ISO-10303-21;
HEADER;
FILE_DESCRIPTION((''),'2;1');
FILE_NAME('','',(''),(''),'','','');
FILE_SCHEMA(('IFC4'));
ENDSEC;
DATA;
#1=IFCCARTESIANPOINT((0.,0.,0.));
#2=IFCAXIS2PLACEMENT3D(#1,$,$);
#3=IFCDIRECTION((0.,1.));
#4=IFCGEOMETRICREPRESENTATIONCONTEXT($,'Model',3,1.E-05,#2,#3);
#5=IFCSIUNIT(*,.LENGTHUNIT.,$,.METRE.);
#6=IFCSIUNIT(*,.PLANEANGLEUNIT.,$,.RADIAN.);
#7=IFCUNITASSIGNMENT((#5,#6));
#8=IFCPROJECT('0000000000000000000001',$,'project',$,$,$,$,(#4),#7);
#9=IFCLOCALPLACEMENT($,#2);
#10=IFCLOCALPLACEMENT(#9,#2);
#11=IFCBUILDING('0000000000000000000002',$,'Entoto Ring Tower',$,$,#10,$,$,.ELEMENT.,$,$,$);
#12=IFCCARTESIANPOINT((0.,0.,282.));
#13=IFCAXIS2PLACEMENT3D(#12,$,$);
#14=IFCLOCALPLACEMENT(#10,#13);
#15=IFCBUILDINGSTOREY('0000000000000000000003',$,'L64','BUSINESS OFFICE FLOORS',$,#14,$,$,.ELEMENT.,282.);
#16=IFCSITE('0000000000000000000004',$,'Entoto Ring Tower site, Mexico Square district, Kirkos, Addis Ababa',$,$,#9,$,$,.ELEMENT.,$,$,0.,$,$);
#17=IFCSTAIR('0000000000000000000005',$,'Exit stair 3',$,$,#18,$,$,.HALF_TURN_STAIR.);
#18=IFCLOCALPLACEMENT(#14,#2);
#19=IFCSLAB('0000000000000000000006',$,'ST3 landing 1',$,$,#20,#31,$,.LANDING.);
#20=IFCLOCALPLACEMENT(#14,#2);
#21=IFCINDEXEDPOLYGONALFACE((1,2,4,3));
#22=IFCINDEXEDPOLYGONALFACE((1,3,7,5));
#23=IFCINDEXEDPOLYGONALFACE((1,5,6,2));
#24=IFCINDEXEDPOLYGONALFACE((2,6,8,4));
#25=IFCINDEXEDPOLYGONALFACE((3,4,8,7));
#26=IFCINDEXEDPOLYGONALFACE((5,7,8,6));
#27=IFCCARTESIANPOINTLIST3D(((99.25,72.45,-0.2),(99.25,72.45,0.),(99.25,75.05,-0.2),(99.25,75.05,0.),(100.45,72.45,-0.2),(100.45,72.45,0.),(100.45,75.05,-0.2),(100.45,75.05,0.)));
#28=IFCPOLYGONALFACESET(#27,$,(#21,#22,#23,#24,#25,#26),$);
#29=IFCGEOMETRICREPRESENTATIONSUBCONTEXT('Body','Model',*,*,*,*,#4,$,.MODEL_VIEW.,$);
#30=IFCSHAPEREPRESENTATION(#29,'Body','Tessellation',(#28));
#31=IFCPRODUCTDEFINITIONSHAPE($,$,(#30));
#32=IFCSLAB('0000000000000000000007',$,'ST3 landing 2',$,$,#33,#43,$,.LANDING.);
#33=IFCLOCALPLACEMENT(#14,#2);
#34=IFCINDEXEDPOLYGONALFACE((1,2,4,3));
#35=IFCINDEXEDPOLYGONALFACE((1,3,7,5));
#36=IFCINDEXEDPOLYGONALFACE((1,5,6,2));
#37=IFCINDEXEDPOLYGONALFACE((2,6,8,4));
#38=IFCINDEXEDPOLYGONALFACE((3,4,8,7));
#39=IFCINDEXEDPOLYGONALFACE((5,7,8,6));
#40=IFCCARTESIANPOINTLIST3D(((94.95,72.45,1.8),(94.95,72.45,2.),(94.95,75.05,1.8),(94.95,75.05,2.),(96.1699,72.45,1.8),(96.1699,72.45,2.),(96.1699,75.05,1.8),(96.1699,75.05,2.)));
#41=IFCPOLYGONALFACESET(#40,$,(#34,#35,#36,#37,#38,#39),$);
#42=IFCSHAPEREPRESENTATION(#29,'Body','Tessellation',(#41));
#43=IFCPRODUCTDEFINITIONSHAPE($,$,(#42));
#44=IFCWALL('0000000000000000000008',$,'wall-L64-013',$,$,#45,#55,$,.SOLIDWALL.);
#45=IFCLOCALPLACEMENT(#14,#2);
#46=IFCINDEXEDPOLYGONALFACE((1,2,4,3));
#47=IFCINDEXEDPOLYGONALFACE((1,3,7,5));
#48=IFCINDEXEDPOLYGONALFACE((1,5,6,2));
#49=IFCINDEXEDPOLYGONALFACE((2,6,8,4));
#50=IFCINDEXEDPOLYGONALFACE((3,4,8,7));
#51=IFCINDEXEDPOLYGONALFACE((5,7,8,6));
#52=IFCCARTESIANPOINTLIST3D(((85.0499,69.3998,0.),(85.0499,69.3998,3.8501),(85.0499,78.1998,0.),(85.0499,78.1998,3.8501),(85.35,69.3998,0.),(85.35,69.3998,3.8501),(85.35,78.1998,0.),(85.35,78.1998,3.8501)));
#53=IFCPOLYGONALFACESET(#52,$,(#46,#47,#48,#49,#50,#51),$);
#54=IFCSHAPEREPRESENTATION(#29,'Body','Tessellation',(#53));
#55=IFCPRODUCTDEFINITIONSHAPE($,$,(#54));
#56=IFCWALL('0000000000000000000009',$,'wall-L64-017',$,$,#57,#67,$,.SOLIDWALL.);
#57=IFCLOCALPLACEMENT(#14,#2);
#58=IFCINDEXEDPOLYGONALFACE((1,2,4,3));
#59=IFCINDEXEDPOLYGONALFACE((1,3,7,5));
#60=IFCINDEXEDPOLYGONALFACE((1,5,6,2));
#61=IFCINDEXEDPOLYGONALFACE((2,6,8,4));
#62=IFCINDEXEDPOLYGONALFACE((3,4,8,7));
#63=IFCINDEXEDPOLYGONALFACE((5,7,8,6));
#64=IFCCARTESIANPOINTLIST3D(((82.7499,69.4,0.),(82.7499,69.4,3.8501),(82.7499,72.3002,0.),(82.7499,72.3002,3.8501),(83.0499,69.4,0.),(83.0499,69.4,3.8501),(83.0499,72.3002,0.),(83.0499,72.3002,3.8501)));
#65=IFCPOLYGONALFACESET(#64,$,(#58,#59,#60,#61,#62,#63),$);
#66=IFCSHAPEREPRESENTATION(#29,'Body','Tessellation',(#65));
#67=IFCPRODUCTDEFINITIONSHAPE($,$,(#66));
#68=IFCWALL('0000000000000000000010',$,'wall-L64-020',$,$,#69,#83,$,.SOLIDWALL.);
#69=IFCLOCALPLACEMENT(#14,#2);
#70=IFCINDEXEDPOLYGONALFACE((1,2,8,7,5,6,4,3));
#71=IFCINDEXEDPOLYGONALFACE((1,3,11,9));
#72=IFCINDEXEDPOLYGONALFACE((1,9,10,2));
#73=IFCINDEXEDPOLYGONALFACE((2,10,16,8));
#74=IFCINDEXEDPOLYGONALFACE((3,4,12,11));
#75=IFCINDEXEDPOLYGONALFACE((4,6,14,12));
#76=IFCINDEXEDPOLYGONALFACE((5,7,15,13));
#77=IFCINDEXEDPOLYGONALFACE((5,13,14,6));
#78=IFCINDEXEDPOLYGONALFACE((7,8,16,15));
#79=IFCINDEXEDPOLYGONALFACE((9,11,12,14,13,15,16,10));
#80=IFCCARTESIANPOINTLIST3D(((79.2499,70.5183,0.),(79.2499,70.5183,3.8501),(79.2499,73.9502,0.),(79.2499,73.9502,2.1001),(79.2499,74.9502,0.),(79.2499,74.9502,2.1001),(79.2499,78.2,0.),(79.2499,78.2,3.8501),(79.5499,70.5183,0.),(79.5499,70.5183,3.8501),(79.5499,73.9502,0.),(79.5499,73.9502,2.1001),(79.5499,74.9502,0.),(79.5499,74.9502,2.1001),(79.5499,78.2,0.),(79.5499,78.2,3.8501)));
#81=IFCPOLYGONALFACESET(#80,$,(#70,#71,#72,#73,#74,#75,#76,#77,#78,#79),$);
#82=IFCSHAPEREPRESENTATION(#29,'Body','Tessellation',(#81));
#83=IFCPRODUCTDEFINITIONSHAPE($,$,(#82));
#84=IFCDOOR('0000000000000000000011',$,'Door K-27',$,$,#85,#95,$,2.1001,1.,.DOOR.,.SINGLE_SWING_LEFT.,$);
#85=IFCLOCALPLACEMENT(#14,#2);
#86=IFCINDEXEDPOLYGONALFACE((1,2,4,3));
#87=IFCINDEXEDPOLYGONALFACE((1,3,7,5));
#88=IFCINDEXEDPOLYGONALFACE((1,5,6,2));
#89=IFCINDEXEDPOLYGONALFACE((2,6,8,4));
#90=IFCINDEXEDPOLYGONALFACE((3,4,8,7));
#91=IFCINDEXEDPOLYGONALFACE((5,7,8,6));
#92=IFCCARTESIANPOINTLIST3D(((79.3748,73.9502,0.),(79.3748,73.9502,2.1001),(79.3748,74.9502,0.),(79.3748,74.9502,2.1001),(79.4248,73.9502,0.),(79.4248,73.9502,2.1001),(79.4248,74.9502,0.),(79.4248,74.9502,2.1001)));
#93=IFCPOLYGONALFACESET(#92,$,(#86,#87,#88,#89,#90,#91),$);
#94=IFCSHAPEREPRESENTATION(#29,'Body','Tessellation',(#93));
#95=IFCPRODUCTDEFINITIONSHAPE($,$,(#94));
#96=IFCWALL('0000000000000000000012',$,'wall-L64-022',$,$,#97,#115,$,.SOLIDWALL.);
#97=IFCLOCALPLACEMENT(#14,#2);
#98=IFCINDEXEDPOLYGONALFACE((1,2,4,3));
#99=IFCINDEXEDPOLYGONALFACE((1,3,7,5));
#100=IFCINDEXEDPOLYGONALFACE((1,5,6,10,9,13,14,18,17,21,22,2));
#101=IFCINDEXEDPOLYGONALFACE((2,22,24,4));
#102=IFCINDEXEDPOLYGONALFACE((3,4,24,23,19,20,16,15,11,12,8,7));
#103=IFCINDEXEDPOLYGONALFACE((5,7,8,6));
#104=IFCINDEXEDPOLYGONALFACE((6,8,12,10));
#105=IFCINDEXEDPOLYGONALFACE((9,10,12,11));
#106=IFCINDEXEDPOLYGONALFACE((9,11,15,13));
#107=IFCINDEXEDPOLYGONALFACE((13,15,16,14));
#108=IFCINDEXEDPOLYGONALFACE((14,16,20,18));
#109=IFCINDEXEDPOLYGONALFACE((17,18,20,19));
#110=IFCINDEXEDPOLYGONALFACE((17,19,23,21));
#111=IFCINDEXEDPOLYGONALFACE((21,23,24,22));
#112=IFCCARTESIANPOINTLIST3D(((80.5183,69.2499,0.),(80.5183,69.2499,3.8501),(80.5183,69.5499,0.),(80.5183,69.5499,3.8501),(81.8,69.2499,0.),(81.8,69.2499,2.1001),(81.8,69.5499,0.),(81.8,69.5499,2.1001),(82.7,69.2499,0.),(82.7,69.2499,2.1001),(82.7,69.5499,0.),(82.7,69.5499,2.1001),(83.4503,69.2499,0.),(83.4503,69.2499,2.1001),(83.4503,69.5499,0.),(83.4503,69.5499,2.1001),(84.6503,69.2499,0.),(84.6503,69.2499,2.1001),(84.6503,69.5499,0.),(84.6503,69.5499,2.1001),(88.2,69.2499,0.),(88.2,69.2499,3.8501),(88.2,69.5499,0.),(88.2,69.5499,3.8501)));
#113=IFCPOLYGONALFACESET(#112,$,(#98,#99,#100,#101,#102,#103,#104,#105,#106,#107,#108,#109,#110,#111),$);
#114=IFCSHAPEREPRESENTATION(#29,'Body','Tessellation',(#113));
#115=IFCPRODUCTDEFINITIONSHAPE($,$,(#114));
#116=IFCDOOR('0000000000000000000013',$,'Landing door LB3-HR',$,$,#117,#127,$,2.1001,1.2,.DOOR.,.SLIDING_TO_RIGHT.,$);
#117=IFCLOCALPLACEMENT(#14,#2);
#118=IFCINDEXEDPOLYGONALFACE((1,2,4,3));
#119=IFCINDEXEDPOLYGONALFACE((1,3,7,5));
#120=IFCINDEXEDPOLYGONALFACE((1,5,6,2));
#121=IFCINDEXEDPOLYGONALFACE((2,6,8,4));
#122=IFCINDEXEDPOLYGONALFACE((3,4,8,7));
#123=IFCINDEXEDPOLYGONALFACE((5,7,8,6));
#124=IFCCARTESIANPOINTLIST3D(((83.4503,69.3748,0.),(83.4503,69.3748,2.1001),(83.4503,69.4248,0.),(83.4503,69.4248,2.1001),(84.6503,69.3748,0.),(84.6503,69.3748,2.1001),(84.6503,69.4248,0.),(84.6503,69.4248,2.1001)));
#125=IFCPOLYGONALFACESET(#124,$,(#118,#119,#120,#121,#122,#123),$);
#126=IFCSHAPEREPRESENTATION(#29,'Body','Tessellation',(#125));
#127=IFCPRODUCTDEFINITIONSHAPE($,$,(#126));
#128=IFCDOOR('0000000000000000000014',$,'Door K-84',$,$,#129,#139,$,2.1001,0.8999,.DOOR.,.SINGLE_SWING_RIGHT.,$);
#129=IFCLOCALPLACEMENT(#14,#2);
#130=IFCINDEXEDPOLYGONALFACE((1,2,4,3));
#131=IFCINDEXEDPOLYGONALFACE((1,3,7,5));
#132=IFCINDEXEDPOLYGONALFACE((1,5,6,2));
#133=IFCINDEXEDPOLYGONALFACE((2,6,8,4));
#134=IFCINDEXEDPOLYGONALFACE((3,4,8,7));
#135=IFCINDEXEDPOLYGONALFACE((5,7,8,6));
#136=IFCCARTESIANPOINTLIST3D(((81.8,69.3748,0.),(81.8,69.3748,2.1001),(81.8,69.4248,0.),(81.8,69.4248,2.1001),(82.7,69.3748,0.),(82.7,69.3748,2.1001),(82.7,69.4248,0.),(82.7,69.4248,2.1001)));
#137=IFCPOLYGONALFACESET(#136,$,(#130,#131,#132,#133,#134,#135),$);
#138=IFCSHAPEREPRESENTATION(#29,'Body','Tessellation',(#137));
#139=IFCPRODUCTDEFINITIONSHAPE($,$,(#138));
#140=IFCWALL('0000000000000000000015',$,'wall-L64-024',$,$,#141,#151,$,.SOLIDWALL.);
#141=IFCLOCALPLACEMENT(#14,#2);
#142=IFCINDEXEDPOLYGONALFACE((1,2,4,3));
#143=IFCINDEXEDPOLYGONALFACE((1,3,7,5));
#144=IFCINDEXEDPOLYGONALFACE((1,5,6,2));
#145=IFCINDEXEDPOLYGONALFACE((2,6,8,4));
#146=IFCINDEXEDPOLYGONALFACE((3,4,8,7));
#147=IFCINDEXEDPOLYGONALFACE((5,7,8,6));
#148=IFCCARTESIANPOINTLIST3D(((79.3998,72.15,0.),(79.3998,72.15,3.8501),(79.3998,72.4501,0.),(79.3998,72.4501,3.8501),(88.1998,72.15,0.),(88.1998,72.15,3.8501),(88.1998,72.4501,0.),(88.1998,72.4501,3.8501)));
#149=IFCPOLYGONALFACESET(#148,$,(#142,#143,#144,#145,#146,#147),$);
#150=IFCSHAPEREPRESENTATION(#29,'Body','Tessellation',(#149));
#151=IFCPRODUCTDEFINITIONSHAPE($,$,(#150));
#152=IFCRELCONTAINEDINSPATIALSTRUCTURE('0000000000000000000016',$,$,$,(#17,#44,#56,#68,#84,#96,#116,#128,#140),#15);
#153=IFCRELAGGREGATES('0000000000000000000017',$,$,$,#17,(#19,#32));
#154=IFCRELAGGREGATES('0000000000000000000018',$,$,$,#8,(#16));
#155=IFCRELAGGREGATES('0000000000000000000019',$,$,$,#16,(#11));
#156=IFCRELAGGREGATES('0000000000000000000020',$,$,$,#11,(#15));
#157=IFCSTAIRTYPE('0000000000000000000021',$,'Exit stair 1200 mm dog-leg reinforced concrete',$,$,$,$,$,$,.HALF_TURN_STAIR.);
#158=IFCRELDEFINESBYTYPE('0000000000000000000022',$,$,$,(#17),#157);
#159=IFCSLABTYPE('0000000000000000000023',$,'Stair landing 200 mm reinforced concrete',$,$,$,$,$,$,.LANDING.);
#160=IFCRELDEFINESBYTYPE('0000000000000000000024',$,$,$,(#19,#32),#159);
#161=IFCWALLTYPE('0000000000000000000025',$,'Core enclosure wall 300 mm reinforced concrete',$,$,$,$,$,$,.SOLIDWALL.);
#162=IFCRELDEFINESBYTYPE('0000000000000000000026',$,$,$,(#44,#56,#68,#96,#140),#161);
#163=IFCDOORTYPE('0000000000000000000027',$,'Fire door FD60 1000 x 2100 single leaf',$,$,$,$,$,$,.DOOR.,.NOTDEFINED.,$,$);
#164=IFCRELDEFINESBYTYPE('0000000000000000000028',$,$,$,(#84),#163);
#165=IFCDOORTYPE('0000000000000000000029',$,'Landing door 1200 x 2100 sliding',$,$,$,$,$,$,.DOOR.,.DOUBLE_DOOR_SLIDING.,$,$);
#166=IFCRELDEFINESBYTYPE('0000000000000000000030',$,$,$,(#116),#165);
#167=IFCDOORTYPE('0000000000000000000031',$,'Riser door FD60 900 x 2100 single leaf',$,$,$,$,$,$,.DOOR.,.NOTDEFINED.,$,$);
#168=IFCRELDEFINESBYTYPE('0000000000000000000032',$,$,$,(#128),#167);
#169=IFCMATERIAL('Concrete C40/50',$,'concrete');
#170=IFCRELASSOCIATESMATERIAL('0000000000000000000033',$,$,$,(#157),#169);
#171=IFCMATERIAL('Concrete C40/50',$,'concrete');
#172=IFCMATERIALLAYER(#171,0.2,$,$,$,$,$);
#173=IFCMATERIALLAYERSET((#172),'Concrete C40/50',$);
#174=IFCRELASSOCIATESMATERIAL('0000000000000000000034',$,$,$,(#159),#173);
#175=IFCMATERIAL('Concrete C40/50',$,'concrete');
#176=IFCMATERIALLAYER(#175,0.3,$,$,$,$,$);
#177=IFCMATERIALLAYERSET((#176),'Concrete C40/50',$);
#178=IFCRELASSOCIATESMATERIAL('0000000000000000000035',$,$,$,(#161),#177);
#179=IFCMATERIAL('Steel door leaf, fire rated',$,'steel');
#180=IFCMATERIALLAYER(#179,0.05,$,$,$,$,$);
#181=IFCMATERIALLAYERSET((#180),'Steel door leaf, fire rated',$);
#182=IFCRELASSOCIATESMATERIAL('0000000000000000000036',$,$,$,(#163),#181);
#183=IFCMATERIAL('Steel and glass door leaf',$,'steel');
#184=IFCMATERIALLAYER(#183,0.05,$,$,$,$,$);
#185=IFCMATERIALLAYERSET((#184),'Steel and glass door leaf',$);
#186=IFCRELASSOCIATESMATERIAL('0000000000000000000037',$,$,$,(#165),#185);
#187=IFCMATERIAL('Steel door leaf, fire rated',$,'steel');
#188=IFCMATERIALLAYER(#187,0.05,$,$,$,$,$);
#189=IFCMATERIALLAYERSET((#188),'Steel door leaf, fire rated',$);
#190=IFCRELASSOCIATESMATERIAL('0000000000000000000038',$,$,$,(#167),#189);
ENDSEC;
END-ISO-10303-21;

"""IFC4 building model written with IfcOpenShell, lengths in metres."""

from ifc_helpers import new_model, si_unit, direction, frame, frame_2d, origin, place, context, subcontext, project, spatial, polyline, rectangle, outline, extrude, material, layer, layer_set, type_object, element, fill, aggregate, save


model = new_model("IFC4")

# Units and contexts
model_context = context("Model", 3, precision=1e-05, world=origin(), true_north=direction((0.0, 1.0)))
body_context = subcontext(model_context, "Body", "Model", "MODEL_VIEW")
ifc_project = project(units=[si_unit("LENGTHUNIT", "METRE"), si_unit("PLANEANGLEUNIT", "RADIAN")], contexts=[model_context])

# Site, building, storey
site_placement = place(None, origin())
site = spatial("IfcSite", under=ifc_project, at=site_placement, Name="Entoto Ring Tower site, Mexico Square district, Kirkos, Addis Ababa", CompositionType="ELEMENT", RefElevation=0.0)
building_placement = place(site_placement, origin())
building = spatial("IfcBuilding", under=site, at=building_placement, Name="Entoto Ring Tower", CompositionType="ELEMENT")
storey_placement = place(building_placement, frame((0.0, 0.0, 282.0)))
storey = spatial("IfcBuildingStorey", under=building, at=storey_placement, Name="L64", Description="BUSINESS OFFICE FLOORS", CompositionType="ELEMENT", Elevation=282.0)

# Shared definitions
ifc_material_1 = material(Name="Concrete C40/50", Category="concrete")
stair_type = type_object("IfcStairType", Name="Exit stair 1200 mm dog-leg reinforced concrete", PredefinedType="HALF_TURN_STAIR", material=ifc_material_1)
ifc_material_2 = material(Name="Concrete C40/50", Category="concrete")
ifc_layer_1 = layer(ifc_material_2, 0.2)
ifc_layer_set_1 = layer_set([ifc_layer_1], Name="Concrete C40/50")
slab_type_1 = type_object("IfcSlabType", Name="Stair landing 200 mm reinforced concrete", PredefinedType="LANDING", material=ifc_layer_set_1)

# Stair, slabs
stair_1_placement = place(storey_placement, origin())
stair_1 = element("IfcStair", 1, at=stair_1_placement, inside=storey, type_object=stair_type, Name="Exit stair 3", PredefinedType="HALF_TURN_STAIR")
slab_1_placement = place(storey_placement, frame((0.0, 0.0, -0.2)))
slab_1 = element("IfcSlab", 2, at=slab_1_placement, type_object=slab_type_1, Name="ST3 landing 1", PredefinedType="LANDING", context=body_context, shape_type="SweptSolid", body=[
    extrude(outline(polyline([(100.45, 72.45), (100.45, 75.05), (99.25, 75.05), (99.25, 72.45), (100.45, 72.45)])), origin(), (0.0, 0.0, 1.0), 0.2),
])
slab_2_placement = place(storey_placement, frame((0.0, 0.0, 1.8)))
slab_2 = element("IfcSlab", 3, at=slab_2_placement, type_object=slab_type_1, Name="ST3 landing 2", PredefinedType="LANDING", context=body_context, shape_type="SweptSolid", body=[
    extrude(outline(polyline([(94.95, 72.45), (96.1699, 72.45), (96.1699, 75.05), (94.95, 75.05), (94.95, 72.45)])), origin(), (0.0, 0.0, 1.0), 0.2),
])
aggregate(stair_1, [slab_1, slab_2])

# Walls
ifc_material_3 = material(Name="Concrete C40/50", Category="concrete")
ifc_layer_2 = layer(ifc_material_3, 0.3)
ifc_layer_set_2 = layer_set([ifc_layer_2], Name="Concrete C40/50")
wall_type_1 = type_object("IfcWallType", Name="Core enclosure wall 300 mm reinforced concrete", PredefinedType="SOLIDWALL", material=ifc_layer_set_2)
wall_1_placement = place(storey_placement, frame((85.2, 69.3999, 0.0), z_axis=(0.0, 0.0, 1.0), x_axis=(0.0, 1.0, 0.0)))
element("IfcWall", 4, at=wall_1_placement, inside=storey, type_object=wall_type_1, Name="wall-L64-013", PredefinedType="SOLIDWALL", context=body_context, shape_type="SweptSolid", body=[
    extrude(rectangle(XDim=8.8, YDim=0.3, at=frame_2d((4.3999, 0.0))), origin(), (0.0, 0.0, 1.0), 3.8501),
])
wall_2_placement = place(storey_placement, frame((82.8999, 69.3999, 0.0), z_axis=(0.0, 0.0, 1.0), x_axis=(0.0, 1.0, 0.0)))
element("IfcWall", 5, at=wall_2_placement, inside=storey, type_object=wall_type_1, Name="wall-L64-017", PredefinedType="SOLIDWALL", context=body_context, shape_type="SweptSolid", body=[
    extrude(rectangle(XDim=2.9001, YDim=0.3, at=frame_2d((1.4502, 0.0))), origin(), (0.0, 0.0, 1.0), 3.8501),
])

# Wall, opening, door
wall_3_placement = place(storey_placement, frame((79.3999, 70.5183, 0.0), z_axis=(0.0, 0.0, 1.0), x_axis=(0.0, 1.0, 0.0)))
wall_3 = element("IfcWall", 6, at=wall_3_placement, inside=storey, type_object=wall_type_1, Name="wall-L64-020", PredefinedType="SOLIDWALL", context=body_context, shape_type="SweptSolid", body=[
    extrude(rectangle(XDim=7.6816, YDim=0.3, at=frame_2d((3.8408, 0.0))), origin(), (0.0, 0.0, 1.0), 3.8501),
])
opening_1_placement = place(wall_3_placement, frame((3.4319, 0.0, 0.0)))
opening_1 = element("IfcOpeningElement", 7, at=opening_1_placement, cuts=wall_3, PredefinedType="OPENING", context=body_context, shape_type="SweptSolid", body=[
    extrude(rectangle(XDim=1.0, YDim=2.1001, at=frame_2d((0.5, 1.05))), frame((0.0, 0.1602, 0.0), z_axis=(0.0, -1.0, 0.0), x_axis=(1.0, 0.0, 0.0)), (0.0, 0.0, 1.0), 0.3201),
])
ifc_material_4 = material(Name="Steel door leaf, fire rated", Category="steel")
ifc_layer_3 = layer(ifc_material_4, 0.05)
ifc_layer_set_3 = layer_set([ifc_layer_3], Name="Steel door leaf, fire rated")
door_type_1 = type_object("IfcDoorType", Name="Fire door FD60 1000 x 2100 single leaf", OperationType="NOTDEFINED", PredefinedType="DOOR", material=ifc_layer_set_3)
door_1_placement = place(opening_1_placement, frame((1.0, 0.0, 0.0), z_axis=(0.0, 0.0, 1.0), x_axis=(-1.0, 0.0, 0.0)))
door_1 = element("IfcDoor", 8, at=door_1_placement, inside=storey, type_object=door_type_1, Name="Door K-27", OperationType="SINGLE_SWING_LEFT", OverallHeight=2.1001, OverallWidth=1.0, PredefinedType="DOOR", context=body_context, shape_type="SweptSolid", body=[
    extrude(rectangle(XDim=1.0, YDim=2.1001, at=frame_2d((0.5, 1.05))), frame((0.0, 0.0249, 0.0), z_axis=(0.0, -1.0, 0.0), x_axis=(1.0, 0.0, 0.0)), (0.0, 0.0, 1.0), 0.05),
])
fill(opening_1, door_1)

# Wall, openings, doors
wall_4_placement = place(storey_placement, frame((80.5183, 69.3999, 0.0), z_axis=(0.0, 0.0, 1.0), x_axis=(1.0, 0.0, 0.0)))
wall_4 = element("IfcWall", 9, at=wall_4_placement, inside=storey, type_object=wall_type_1, Name="wall-L64-022", PredefinedType="SOLIDWALL", context=body_context, shape_type="SweptSolid", body=[
    extrude(rectangle(XDim=7.6816, YDim=0.3, at=frame_2d((3.8408, 0.0))), origin(), (0.0, 0.0, 1.0), 3.8501),
])
opening_2_placement = place(wall_4_placement, frame((2.9319, 0.0, 0.0)))
opening_2 = element("IfcOpeningElement", 10, at=opening_2_placement, cuts=wall_4, PredefinedType="OPENING", context=body_context, shape_type="SweptSolid", body=[
    extrude(rectangle(XDim=1.2, YDim=2.1001, at=frame_2d((0.6001, 1.05))), frame((0.0, 0.1602, 0.0), z_axis=(0.0, -1.0, 0.0), x_axis=(1.0, 0.0, 0.0)), (0.0, 0.0, 1.0), 0.3201),
])
opening_3_placement = place(wall_4_placement, frame((1.2817, 0.0, 0.0)))
opening_3 = element("IfcOpeningElement", 11, at=opening_3_placement, cuts=wall_4, PredefinedType="OPENING", context=body_context, shape_type="SweptSolid", body=[
    extrude(rectangle(XDim=0.8999, YDim=2.1001, at=frame_2d((0.45, 1.05))), frame((0.0, 0.1602, 0.0), z_axis=(0.0, -1.0, 0.0), x_axis=(1.0, 0.0, 0.0)), (0.0, 0.0, 1.0), 0.3201),
])
ifc_material_5 = material(Name="Steel and glass door leaf", Category="steel")
ifc_layer_4 = layer(ifc_material_5, 0.05)
ifc_layer_set_4 = layer_set([ifc_layer_4], Name="Steel and glass door leaf")
door_type_2 = type_object("IfcDoorType", Name="Landing door 1200 x 2100 sliding", OperationType="DOUBLE_DOOR_SLIDING", PredefinedType="DOOR", material=ifc_layer_set_4)
door_2_placement = place(opening_2_placement, origin())
door_2 = element("IfcDoor", 12, at=door_2_placement, inside=storey, type_object=door_type_2, Name="Landing door LB3-HR", OperationType="SLIDING_TO_RIGHT", OverallHeight=2.1001, OverallWidth=1.2, PredefinedType="DOOR", context=body_context, shape_type="SweptSolid", body=[
    extrude(rectangle(XDim=1.2, YDim=2.1001, at=frame_2d((0.6001, 1.05))), frame((0.0, 0.0249, 0.0), z_axis=(0.0, -1.0, 0.0), x_axis=(1.0, 0.0, 0.0)), (0.0, 0.0, 1.0), 0.05),
])
fill(opening_2, door_2)
ifc_material_6 = material(Name="Steel door leaf, fire rated", Category="steel")
ifc_layer_5 = layer(ifc_material_6, 0.05)
ifc_layer_set_5 = layer_set([ifc_layer_5], Name="Steel door leaf, fire rated")
door_type_3 = type_object("IfcDoorType", Name="Riser door FD60 900 x 2100 single leaf", OperationType="NOTDEFINED", PredefinedType="DOOR", material=ifc_layer_set_5)
door_3_placement = place(opening_3_placement, origin())
door_3 = element("IfcDoor", 13, at=door_3_placement, inside=storey, type_object=door_type_3, Name="Door K-84", OperationType="SINGLE_SWING_RIGHT", OverallHeight=2.1001, OverallWidth=0.8999, PredefinedType="DOOR", context=body_context, shape_type="SweptSolid", body=[
    extrude(rectangle(XDim=0.8999, YDim=2.1001, at=frame_2d((0.45, 1.05))), frame((0.0, 0.0249, 0.0), z_axis=(0.0, -1.0, 0.0), x_axis=(1.0, 0.0, 0.0)), (0.0, 0.0, 1.0), 0.05),
])
fill(opening_3, door_3)

# Wall
wall_5_placement = place(storey_placement, frame((79.3999, 72.3, 0.0), z_axis=(0.0, 0.0, 1.0), x_axis=(1.0, 0.0, 0.0)))
element("IfcWall", 14, at=wall_5_placement, inside=storey, type_object=wall_type_1, Name="wall-L64-024", PredefinedType="SOLIDWALL", context=body_context, shape_type="SweptSolid", body=[
    extrude(rectangle(XDim=8.8, YDim=0.3, at=frame_2d((4.3999, 0.0))), origin(), (0.0, 0.0, 1.0), 3.8501),
])

save(model, "model.ifc")
